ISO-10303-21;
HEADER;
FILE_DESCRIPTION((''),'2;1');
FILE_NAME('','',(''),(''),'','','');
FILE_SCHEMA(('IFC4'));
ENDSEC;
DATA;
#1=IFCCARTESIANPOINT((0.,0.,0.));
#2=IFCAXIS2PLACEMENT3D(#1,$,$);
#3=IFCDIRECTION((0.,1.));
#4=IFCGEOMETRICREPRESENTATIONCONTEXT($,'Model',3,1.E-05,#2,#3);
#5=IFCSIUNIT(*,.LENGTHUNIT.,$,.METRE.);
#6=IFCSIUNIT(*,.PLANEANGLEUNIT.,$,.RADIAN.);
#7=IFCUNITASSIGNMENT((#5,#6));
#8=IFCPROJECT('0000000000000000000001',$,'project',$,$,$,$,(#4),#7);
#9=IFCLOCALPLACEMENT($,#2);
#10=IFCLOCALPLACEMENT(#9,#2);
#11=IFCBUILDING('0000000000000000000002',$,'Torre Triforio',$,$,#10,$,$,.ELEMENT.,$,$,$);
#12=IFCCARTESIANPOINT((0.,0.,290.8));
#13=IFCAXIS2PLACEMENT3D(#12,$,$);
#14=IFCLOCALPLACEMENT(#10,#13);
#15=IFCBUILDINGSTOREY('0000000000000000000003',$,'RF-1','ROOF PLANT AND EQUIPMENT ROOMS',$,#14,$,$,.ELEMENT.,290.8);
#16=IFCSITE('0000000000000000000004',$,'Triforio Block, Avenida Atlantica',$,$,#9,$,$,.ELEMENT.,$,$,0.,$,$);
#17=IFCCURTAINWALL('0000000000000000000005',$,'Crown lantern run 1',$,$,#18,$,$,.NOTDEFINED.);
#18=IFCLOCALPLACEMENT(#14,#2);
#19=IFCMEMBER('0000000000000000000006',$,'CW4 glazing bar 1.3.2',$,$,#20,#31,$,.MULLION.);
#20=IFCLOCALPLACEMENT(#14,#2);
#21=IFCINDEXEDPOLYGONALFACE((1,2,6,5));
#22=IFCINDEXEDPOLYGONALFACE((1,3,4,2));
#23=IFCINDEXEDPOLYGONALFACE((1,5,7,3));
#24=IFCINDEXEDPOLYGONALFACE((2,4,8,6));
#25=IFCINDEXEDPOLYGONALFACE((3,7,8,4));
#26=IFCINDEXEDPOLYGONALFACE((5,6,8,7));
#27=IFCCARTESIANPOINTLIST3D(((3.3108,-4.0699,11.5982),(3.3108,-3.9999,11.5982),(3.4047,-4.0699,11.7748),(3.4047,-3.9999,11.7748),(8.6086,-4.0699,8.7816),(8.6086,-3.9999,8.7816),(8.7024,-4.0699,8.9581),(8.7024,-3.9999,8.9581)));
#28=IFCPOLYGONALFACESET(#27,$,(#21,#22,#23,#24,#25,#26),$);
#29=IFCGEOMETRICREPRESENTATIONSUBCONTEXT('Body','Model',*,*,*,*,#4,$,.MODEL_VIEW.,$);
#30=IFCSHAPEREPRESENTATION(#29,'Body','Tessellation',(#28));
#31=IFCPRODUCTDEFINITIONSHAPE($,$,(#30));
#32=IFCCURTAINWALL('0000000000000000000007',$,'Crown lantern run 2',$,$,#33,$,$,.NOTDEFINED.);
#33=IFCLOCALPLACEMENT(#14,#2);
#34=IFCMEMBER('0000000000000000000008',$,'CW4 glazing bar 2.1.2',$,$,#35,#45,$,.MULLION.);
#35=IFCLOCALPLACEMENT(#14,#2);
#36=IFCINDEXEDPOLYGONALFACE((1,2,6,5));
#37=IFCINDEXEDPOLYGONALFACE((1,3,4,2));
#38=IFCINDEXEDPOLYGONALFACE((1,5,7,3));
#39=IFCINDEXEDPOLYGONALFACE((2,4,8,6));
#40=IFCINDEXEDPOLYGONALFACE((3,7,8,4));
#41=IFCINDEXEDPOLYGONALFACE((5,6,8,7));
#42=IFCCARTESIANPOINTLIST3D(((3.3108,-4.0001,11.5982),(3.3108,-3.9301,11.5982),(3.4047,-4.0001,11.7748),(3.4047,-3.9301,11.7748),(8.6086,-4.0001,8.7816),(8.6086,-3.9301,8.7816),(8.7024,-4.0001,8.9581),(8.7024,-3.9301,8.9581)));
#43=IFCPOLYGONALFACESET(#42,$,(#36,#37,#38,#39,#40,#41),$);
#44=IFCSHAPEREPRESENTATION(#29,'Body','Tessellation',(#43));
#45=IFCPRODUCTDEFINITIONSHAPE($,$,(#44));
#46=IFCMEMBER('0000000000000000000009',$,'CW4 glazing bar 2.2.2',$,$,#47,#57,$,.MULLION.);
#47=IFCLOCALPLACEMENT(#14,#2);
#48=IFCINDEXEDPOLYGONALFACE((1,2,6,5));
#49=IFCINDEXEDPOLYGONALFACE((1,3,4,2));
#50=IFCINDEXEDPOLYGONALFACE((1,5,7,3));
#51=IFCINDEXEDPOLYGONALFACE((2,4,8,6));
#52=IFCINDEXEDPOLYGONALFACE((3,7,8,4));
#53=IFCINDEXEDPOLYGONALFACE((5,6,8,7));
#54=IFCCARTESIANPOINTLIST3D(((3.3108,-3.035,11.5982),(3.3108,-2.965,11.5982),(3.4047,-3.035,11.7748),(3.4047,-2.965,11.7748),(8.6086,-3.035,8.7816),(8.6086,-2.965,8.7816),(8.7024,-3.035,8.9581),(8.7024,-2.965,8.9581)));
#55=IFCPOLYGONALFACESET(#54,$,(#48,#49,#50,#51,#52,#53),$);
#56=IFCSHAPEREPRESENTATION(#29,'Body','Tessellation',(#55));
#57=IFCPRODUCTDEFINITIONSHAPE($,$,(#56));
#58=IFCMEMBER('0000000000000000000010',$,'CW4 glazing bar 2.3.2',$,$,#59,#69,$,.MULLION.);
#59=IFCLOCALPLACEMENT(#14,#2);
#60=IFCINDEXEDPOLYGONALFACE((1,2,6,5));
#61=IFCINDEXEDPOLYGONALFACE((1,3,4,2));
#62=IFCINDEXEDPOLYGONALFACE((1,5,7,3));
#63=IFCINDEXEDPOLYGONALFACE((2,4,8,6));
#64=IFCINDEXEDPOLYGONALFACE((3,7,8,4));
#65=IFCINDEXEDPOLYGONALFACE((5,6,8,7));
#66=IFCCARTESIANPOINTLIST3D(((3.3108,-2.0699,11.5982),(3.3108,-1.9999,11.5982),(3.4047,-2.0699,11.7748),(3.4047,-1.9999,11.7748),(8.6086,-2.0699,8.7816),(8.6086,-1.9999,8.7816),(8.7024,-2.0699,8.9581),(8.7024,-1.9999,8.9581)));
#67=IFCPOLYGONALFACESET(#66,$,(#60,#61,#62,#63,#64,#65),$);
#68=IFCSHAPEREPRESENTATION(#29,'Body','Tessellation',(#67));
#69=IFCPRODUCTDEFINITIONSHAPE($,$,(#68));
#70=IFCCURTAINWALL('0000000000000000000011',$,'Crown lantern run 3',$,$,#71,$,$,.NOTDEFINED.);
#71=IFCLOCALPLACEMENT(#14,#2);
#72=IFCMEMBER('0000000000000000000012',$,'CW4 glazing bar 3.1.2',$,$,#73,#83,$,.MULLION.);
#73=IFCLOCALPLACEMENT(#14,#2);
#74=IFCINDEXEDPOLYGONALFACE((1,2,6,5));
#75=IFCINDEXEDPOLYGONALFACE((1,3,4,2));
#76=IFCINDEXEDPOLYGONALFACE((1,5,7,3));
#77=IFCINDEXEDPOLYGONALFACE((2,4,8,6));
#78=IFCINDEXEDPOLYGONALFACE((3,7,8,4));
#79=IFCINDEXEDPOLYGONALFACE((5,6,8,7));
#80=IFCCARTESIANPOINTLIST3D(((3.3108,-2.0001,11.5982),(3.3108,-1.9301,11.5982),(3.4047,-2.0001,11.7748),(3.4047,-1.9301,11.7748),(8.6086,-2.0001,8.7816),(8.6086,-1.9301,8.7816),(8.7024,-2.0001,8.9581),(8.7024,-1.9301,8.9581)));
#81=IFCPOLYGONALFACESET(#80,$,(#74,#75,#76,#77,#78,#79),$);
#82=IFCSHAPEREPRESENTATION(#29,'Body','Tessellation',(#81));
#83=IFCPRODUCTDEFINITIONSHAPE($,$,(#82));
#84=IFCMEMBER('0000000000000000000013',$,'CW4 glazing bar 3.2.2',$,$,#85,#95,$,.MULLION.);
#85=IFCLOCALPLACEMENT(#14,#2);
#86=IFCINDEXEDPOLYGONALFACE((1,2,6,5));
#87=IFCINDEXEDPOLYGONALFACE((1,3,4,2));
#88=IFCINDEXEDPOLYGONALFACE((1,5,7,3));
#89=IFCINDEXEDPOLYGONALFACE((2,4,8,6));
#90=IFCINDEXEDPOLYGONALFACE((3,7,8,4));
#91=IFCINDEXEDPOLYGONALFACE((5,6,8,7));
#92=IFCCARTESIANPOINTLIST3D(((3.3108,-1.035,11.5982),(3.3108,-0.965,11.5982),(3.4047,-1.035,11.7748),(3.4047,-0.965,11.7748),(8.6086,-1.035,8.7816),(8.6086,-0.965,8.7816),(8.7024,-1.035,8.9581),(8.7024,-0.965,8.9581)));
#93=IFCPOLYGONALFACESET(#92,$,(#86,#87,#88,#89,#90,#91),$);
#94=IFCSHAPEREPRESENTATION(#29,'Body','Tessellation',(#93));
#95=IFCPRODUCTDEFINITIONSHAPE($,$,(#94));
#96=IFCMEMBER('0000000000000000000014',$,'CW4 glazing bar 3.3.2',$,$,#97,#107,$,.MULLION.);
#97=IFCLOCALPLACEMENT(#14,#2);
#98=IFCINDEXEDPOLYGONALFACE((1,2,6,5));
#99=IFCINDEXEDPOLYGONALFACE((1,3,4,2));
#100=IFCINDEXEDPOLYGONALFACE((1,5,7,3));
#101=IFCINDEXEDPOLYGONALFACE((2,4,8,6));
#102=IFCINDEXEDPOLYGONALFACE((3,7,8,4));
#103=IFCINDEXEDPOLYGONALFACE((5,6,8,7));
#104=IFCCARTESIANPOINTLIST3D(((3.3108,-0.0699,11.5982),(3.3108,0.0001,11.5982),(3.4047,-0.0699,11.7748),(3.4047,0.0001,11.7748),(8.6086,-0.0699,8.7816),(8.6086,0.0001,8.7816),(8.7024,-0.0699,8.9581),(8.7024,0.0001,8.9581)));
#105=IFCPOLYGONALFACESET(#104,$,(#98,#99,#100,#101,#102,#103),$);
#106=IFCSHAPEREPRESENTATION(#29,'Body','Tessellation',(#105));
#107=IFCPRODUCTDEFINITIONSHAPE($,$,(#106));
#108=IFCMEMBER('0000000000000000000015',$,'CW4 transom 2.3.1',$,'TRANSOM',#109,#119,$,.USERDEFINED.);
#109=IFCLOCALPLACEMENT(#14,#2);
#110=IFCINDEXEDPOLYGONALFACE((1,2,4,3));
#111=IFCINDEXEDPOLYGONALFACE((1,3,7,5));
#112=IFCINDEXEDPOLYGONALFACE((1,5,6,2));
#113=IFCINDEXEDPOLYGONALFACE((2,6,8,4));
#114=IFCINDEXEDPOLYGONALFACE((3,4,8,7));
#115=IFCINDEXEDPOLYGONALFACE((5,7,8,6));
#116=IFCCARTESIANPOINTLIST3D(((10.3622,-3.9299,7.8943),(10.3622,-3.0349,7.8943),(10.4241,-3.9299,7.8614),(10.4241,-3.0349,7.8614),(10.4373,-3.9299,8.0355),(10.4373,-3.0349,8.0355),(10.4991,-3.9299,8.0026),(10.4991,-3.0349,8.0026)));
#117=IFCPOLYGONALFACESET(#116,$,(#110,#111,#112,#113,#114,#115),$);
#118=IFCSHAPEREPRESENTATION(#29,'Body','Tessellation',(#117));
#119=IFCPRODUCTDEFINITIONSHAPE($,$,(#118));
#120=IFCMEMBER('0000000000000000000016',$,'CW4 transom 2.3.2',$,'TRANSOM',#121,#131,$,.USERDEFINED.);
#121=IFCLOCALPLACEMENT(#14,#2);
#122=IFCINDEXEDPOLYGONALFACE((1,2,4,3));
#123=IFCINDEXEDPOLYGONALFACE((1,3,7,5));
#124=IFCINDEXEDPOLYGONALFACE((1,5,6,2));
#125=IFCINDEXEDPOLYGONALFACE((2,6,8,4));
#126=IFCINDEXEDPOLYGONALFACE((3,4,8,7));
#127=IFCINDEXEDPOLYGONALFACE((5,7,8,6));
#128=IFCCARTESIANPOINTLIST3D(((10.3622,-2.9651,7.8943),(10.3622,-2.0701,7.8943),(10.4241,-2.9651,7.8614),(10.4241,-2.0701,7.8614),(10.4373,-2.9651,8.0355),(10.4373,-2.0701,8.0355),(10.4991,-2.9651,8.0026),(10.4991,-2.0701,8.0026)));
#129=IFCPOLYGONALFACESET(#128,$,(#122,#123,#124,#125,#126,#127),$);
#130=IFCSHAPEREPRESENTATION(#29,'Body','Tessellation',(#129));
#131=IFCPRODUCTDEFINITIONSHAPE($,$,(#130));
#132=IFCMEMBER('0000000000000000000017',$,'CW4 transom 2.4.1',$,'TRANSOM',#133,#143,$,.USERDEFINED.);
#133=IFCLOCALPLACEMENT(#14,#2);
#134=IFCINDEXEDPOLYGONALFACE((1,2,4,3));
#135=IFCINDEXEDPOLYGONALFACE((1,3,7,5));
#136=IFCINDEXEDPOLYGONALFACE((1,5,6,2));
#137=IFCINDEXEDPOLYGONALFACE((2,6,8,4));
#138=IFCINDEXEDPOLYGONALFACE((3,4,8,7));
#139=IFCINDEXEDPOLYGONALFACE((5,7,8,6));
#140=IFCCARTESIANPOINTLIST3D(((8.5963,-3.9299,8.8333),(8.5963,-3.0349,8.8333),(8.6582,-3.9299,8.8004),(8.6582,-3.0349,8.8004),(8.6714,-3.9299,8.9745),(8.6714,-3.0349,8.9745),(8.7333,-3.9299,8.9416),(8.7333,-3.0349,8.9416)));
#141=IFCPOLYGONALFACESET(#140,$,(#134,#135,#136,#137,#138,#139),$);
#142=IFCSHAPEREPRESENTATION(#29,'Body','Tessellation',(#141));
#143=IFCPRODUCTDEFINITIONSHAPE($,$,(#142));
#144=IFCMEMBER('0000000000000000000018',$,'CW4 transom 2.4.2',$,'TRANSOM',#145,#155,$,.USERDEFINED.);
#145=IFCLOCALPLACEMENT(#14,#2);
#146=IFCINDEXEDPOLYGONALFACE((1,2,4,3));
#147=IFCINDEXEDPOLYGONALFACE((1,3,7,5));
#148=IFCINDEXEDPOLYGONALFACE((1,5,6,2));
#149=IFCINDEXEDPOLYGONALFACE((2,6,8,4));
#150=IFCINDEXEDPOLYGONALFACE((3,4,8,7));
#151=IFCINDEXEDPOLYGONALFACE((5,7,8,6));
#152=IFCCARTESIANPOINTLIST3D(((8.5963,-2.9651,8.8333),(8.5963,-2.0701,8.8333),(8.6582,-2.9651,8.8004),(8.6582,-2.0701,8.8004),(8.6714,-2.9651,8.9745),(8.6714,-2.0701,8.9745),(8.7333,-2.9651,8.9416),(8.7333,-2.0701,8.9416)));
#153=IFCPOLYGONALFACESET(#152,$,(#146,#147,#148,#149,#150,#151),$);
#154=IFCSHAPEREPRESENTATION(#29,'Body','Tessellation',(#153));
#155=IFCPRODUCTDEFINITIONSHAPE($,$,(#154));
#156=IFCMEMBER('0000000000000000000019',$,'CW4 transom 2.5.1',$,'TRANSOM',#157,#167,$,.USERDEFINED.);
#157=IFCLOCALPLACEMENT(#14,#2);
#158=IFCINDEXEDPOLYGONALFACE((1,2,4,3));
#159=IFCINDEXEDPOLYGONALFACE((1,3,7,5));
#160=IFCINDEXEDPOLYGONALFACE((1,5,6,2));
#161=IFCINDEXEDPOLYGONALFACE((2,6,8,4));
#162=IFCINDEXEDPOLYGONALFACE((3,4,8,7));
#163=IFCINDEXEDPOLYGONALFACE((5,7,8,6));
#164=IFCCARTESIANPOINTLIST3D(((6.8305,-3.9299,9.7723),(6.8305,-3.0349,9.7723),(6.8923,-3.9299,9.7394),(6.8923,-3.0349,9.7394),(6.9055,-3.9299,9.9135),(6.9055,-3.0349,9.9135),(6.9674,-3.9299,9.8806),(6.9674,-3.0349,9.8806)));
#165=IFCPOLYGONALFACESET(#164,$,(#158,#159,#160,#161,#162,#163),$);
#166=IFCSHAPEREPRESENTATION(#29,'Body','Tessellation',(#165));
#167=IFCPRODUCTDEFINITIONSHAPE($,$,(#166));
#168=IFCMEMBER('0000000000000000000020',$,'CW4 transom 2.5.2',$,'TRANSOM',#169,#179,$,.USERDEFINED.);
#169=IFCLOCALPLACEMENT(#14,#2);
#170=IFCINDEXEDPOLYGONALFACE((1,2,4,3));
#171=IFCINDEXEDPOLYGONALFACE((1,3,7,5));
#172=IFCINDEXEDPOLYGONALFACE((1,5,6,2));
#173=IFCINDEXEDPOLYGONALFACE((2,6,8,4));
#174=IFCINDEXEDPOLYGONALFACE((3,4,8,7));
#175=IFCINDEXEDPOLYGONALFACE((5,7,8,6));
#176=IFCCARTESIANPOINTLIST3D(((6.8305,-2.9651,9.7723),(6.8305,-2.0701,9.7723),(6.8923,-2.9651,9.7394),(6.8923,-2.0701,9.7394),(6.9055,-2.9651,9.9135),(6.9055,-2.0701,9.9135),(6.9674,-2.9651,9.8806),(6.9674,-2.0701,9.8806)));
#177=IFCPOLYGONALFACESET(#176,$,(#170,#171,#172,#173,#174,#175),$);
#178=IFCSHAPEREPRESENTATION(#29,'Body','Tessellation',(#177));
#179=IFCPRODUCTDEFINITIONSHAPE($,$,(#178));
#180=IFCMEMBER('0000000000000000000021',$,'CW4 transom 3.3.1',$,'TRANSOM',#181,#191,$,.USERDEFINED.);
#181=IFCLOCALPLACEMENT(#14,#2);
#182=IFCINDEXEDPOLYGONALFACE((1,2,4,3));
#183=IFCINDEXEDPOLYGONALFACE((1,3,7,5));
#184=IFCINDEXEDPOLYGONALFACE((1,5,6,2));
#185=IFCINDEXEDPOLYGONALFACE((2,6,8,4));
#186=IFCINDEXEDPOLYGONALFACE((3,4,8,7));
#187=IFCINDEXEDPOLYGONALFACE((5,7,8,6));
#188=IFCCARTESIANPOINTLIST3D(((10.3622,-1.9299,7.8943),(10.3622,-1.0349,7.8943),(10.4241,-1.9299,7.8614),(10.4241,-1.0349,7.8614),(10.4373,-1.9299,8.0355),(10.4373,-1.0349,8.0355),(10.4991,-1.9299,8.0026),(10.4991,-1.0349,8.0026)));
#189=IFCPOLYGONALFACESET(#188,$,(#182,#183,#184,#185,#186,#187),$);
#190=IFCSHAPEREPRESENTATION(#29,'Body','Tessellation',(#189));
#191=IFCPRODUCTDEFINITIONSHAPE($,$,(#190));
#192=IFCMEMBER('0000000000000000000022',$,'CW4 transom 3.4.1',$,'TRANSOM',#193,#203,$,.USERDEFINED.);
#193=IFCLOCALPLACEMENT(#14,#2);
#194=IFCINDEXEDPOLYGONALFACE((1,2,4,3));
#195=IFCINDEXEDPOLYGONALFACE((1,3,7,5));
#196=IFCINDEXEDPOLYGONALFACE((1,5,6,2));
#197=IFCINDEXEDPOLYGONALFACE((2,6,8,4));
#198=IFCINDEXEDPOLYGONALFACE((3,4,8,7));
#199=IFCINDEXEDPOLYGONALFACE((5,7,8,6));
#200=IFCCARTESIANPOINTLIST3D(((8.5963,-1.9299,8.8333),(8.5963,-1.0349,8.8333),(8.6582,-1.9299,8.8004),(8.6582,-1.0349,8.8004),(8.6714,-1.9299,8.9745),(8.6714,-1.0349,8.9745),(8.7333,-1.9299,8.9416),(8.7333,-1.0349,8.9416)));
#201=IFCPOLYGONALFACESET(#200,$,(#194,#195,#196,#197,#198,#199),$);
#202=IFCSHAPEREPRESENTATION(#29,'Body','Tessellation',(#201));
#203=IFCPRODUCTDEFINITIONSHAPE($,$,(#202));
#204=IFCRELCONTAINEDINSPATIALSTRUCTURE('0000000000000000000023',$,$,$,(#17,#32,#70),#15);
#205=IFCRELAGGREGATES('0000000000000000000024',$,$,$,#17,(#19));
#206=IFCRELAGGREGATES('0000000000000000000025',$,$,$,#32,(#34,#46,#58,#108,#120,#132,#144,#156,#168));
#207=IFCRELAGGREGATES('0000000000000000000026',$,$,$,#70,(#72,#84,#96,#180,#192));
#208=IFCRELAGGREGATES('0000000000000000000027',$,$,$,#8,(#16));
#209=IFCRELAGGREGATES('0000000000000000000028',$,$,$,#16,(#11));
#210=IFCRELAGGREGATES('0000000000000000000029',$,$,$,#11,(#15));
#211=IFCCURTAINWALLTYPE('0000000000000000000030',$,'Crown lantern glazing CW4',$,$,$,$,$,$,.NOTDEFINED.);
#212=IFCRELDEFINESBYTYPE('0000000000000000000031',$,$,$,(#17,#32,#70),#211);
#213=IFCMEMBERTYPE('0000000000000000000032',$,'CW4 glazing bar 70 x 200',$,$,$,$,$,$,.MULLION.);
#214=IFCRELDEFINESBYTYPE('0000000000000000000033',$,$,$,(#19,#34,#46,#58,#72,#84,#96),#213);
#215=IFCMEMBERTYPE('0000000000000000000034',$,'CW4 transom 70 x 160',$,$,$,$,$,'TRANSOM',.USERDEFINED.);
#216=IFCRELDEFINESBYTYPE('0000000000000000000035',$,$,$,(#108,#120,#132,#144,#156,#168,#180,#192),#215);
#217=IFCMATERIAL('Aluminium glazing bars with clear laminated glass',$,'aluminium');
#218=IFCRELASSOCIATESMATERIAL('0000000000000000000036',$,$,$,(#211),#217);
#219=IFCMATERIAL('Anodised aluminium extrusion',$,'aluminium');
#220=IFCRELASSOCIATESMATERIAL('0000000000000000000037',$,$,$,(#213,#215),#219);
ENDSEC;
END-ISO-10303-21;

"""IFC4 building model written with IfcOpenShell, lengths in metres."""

from ifc_helpers import new_model, si_unit, direction, frame, origin, origin_2d, place, context, subcontext, project, spatial, rectangle, extrude, material, material_profile, profile_set, type_object, element, aggregate, save


model = new_model("IFC4")

# Units and contexts
model_context = context("Model", 3, precision=1e-05, world=origin(), true_north=direction((0.0, 1.0)))
body_context = subcontext(model_context, "Body", "Model", "MODEL_VIEW")
ifc_project = project(units=[si_unit("LENGTHUNIT", "METRE"), si_unit("PLANEANGLEUNIT", "RADIAN")], contexts=[model_context])

# Site, building, storey
site_placement = place(None, origin())
site = spatial("IfcSite", under=ifc_project, at=site_placement, Name="Triforio Block, Avenida Atlantica", CompositionType="ELEMENT", RefElevation=0.0)
building_placement = place(site_placement, origin())
building = spatial("IfcBuilding", under=site, at=building_placement, Name="Torre Triforio", CompositionType="ELEMENT")
storey_placement = place(building_placement, frame((0.0, 0.0, 290.8)))
storey = spatial("IfcBuildingStorey", under=building, at=storey_placement, Name="RF-1", Description="ROOF PLANT AND EQUIPMENT ROOMS", CompositionType="ELEMENT", Elevation=290.8)

# Curtain wall, member
ifc_material_1 = material(Name="Aluminium glazing bars with clear laminated glass", Category="aluminium")
curtain_wall_type = type_object("IfcCurtainWallType", Name="Crown lantern glazing CW4", PredefinedType="NOTDEFINED", material=ifc_material_1)
curtain_wall_1_placement = place(storey_placement, origin())
curtain_wall_1 = element("IfcCurtainWall", 1, at=curtain_wall_1_placement, inside=storey, type_object=curtain_wall_type, Name="Crown lantern run 1", PredefinedType="NOTDEFINED")
ifc_material_2 = material(Name="Anodised aluminium extrusion", Category="aluminium")
ifc_material_profile_1 = material_profile(ifc_material_2, rectangle(XDim=0.0701, YDim=0.2, at=origin_2d()), Name="CW4 MULLION 70x200")
ifc_profile_set_1 = profile_set([ifc_material_profile_1], Name="Anodised aluminium extrusion")
member_type_1 = type_object("IfcMemberType", Name="CW4 glazing bar 70 x 200", PredefinedType="MULLION", material=ifc_profile_set_1)
member_1_placement = place(storey_placement, frame((8.6555, -4.0349, 8.8699), z_axis=(-0.882966, 0.0, 0.469437), x_axis=(0.0, -1.0, 0.0)))
member_1 = element("IfcMember", 2, at=member_1_placement, type_object=member_type_1, Name="CW4 glazing bar 1.3.2", PredefinedType="MULLION", context=body_context, shape_type="SweptSolid", body=[
    extrude(rectangle(XDim=0.0701, YDim=0.2, at=origin_2d()), origin(), (0.0, 0.0, 1.0), 6.0),
])
aggregate(curtain_wall_1, [member_1])

# Curtain walls, members
curtain_wall_2_placement = place(storey_placement, origin())
curtain_wall_2 = element("IfcCurtainWall", 3, at=curtain_wall_2_placement, inside=storey, type_object=curtain_wall_type, Name="Crown lantern run 2", PredefinedType="NOTDEFINED")
member_2_placement = place(storey_placement, frame((8.6555, -3.9651, 8.8699), z_axis=(-0.882966, 0.0, 0.469437), x_axis=(0.0, -1.0, 0.0)))
member_2 = element("IfcMember", 4, at=member_2_placement, type_object=member_type_1, Name="CW4 glazing bar 2.1.2", PredefinedType="MULLION", context=body_context, shape_type="SweptSolid", body=[
    extrude(rectangle(XDim=0.0701, YDim=0.2, at=origin_2d()), origin(), (0.0, 0.0, 1.0), 6.0),
])
member_3_placement = place(storey_placement, frame((8.6555, -3.0, 8.8699), z_axis=(-0.882966, 0.0, 0.469437), x_axis=(0.0, -1.0, 0.0)))
member_3 = element("IfcMember", 5, at=member_3_placement, type_object=member_type_1, Name="CW4 glazing bar 2.2.2", PredefinedType="MULLION", context=body_context, shape_type="SweptSolid", body=[
    extrude(rectangle(XDim=0.0701, YDim=0.2, at=origin_2d()), origin(), (0.0, 0.0, 1.0), 6.0),
])
member_4_placement = place(storey_placement, frame((8.6555, -2.0349, 8.8699), z_axis=(-0.882966, 0.0, 0.469437), x_axis=(0.0, -1.0, 0.0)))
member_4 = element("IfcMember", 6, at=member_4_placement, type_object=member_type_1, Name="CW4 glazing bar 2.3.2", PredefinedType="MULLION", context=body_context, shape_type="SweptSolid", body=[
    extrude(rectangle(XDim=0.0701, YDim=0.2, at=origin_2d()), origin(), (0.0, 0.0, 1.0), 6.0),
])
curtain_wall_3_placement = place(storey_placement, origin())
curtain_wall_3 = element("IfcCurtainWall", 7, at=curtain_wall_3_placement, inside=storey, type_object=curtain_wall_type, Name="Crown lantern run 3", PredefinedType="NOTDEFINED")
member_5_placement = place(storey_placement, frame((8.6555, -1.9651, 8.8699), z_axis=(-0.882966, 0.0, 0.469437), x_axis=(0.0, -1.0, 0.0)))
member_5 = element("IfcMember", 8, at=member_5_placement, type_object=member_type_1, Name="CW4 glazing bar 3.1.2", PredefinedType="MULLION", context=body_context, shape_type="SweptSolid", body=[
    extrude(rectangle(XDim=0.0701, YDim=0.2, at=origin_2d()), origin(), (0.0, 0.0, 1.0), 6.0),
])
member_6_placement = place(storey_placement, frame((8.6555, -1.0, 8.8699), z_axis=(-0.882966, 0.0, 0.469437), x_axis=(0.0, -1.0, 0.0)))
member_6 = element("IfcMember", 9, at=member_6_placement, type_object=member_type_1, Name="CW4 glazing bar 3.2.2", PredefinedType="MULLION", context=body_context, shape_type="SweptSolid", body=[
    extrude(rectangle(XDim=0.0701, YDim=0.2, at=origin_2d()), origin(), (0.0, 0.0, 1.0), 6.0),
])
member_7_placement = place(storey_placement, frame((8.6555, -0.0349, 8.8699), z_axis=(-0.882966, 0.0, 0.469437), x_axis=(0.0, -1.0, 0.0)))
member_7 = element("IfcMember", 10, at=member_7_placement, type_object=member_type_1, Name="CW4 glazing bar 3.3.2", PredefinedType="MULLION", context=body_context, shape_type="SweptSolid", body=[
    extrude(rectangle(XDim=0.0701, YDim=0.2, at=origin_2d()), origin(), (0.0, 0.0, 1.0), 6.0),
])

# Members
ifc_material_profile_2 = material_profile(ifc_material_2, rectangle(XDim=0.0701, YDim=0.1599, at=origin_2d()), Name="CW4 TRANSOM 70x160")
ifc_profile_set_2 = profile_set([ifc_material_profile_2], Name="Anodised aluminium extrusion")
member_type_2 = type_object("IfcMemberType", Name="CW4 transom 70 x 160", ElementType="TRANSOM", PredefinedType="USERDEFINED", material=ifc_profile_set_2)
member_8_placement = place(storey_placement, frame((10.4307, -3.9299, 7.9485), z_axis=(0.0, 1.0, 0.0), x_axis=(-0.882948, 0.0, 0.469472)))
member_8 = element("IfcMember", 11, at=member_8_placement, type_object=member_type_2, Name="CW4 transom 2.3.1", ObjectType="TRANSOM", PredefinedType="USERDEFINED", context=body_context, shape_type="SweptSolid", body=[
    extrude(rectangle(XDim=0.0701, YDim=0.1599, at=origin_2d()), origin(), (0.0, 0.0, 1.0), 0.895),
])
member_9_placement = place(storey_placement, frame((10.4307, -2.9651, 7.9485), z_axis=(0.0, 1.0, 0.0), x_axis=(-0.882948, 0.0, 0.469472)))
member_9 = element("IfcMember", 12, at=member_9_placement, type_object=member_type_2, Name="CW4 transom 2.3.2", ObjectType="TRANSOM", PredefinedType="USERDEFINED", context=body_context, shape_type="SweptSolid", body=[
    extrude(rectangle(XDim=0.0701, YDim=0.1599, at=origin_2d()), origin(), (0.0, 0.0, 1.0), 0.895),
])
member_10_placement = place(storey_placement, frame((8.6648, -3.9299, 8.8875), z_axis=(0.0, 1.0, 0.0), x_axis=(-0.882948, 0.0, 0.469472)))
member_10 = element("IfcMember", 13, at=member_10_placement, type_object=member_type_2, Name="CW4 transom 2.4.1", ObjectType="TRANSOM", PredefinedType="USERDEFINED", context=body_context, shape_type="SweptSolid", body=[
    extrude(rectangle(XDim=0.0701, YDim=0.1599, at=origin_2d()), origin(), (0.0, 0.0, 1.0), 0.895),
])
member_11_placement = place(storey_placement, frame((8.6648, -2.9651, 8.8875), z_axis=(0.0, 1.0, 0.0), x_axis=(-0.882948, 0.0, 0.469472)))
member_11 = element("IfcMember", 14, at=member_11_placement, type_object=member_type_2, Name="CW4 transom 2.4.2", ObjectType="TRANSOM", PredefinedType="USERDEFINED", context=body_context, shape_type="SweptSolid", body=[
    extrude(rectangle(XDim=0.0701, YDim=0.1599, at=origin_2d()), origin(), (0.0, 0.0, 1.0), 0.895),
])
member_12_placement = place(storey_placement, frame((6.8989, -3.9299, 9.8264), z_axis=(0.0, 1.0, 0.0), x_axis=(-0.882948, 0.0, 0.469472)))
member_12 = element("IfcMember", 15, at=member_12_placement, type_object=member_type_2, Name="CW4 transom 2.5.1", ObjectType="TRANSOM", PredefinedType="USERDEFINED", context=body_context, shape_type="SweptSolid", body=[
    extrude(rectangle(XDim=0.0701, YDim=0.1599, at=origin_2d()), origin(), (0.0, 0.0, 1.0), 0.895),
])
member_13_placement = place(storey_placement, frame((6.8989, -2.9651, 9.8264), z_axis=(0.0, 1.0, 0.0), x_axis=(-0.882948, 0.0, 0.469472)))
member_13 = element("IfcMember", 16, at=member_13_placement, type_object=member_type_2, Name="CW4 transom 2.5.2", ObjectType="TRANSOM", PredefinedType="USERDEFINED", context=body_context, shape_type="SweptSolid", body=[
    extrude(rectangle(XDim=0.0701, YDim=0.1599, at=origin_2d()), origin(), (0.0, 0.0, 1.0), 0.895),
])
member_14_placement = place(storey_placement, frame((10.4307, -1.9299, 7.9485), z_axis=(0.0, 1.0, 0.0), x_axis=(-0.882948, 0.0, 0.469472)))
member_14 = element("IfcMember", 17, at=member_14_placement, type_object=member_type_2, Name="CW4 transom 3.3.1", ObjectType="TRANSOM", PredefinedType="USERDEFINED", context=body_context, shape_type="SweptSolid", body=[
    extrude(rectangle(XDim=0.0701, YDim=0.1599, at=origin_2d()), origin(), (0.0, 0.0, 1.0), 0.895),
])
member_15_placement = place(storey_placement, frame((8.6648, -1.9299, 8.8875), z_axis=(0.0, 1.0, 0.0), x_axis=(-0.882948, 0.0, 0.469472)))
member_15 = element("IfcMember", 18, at=member_15_placement, type_object=member_type_2, Name="CW4 transom 3.4.1", ObjectType="TRANSOM", PredefinedType="USERDEFINED", context=body_context, shape_type="SweptSolid", body=[
    extrude(rectangle(XDim=0.0701, YDim=0.1599, at=origin_2d()), origin(), (0.0, 0.0, 1.0), 0.895),
])

aggregate(curtain_wall_2, [member_2, member_3, member_4, member_8, member_9, member_10, member_11, member_12, member_13])
aggregate(curtain_wall_3, [member_5, member_6, member_7, member_14, member_15])

save(model, "model.ifc")
